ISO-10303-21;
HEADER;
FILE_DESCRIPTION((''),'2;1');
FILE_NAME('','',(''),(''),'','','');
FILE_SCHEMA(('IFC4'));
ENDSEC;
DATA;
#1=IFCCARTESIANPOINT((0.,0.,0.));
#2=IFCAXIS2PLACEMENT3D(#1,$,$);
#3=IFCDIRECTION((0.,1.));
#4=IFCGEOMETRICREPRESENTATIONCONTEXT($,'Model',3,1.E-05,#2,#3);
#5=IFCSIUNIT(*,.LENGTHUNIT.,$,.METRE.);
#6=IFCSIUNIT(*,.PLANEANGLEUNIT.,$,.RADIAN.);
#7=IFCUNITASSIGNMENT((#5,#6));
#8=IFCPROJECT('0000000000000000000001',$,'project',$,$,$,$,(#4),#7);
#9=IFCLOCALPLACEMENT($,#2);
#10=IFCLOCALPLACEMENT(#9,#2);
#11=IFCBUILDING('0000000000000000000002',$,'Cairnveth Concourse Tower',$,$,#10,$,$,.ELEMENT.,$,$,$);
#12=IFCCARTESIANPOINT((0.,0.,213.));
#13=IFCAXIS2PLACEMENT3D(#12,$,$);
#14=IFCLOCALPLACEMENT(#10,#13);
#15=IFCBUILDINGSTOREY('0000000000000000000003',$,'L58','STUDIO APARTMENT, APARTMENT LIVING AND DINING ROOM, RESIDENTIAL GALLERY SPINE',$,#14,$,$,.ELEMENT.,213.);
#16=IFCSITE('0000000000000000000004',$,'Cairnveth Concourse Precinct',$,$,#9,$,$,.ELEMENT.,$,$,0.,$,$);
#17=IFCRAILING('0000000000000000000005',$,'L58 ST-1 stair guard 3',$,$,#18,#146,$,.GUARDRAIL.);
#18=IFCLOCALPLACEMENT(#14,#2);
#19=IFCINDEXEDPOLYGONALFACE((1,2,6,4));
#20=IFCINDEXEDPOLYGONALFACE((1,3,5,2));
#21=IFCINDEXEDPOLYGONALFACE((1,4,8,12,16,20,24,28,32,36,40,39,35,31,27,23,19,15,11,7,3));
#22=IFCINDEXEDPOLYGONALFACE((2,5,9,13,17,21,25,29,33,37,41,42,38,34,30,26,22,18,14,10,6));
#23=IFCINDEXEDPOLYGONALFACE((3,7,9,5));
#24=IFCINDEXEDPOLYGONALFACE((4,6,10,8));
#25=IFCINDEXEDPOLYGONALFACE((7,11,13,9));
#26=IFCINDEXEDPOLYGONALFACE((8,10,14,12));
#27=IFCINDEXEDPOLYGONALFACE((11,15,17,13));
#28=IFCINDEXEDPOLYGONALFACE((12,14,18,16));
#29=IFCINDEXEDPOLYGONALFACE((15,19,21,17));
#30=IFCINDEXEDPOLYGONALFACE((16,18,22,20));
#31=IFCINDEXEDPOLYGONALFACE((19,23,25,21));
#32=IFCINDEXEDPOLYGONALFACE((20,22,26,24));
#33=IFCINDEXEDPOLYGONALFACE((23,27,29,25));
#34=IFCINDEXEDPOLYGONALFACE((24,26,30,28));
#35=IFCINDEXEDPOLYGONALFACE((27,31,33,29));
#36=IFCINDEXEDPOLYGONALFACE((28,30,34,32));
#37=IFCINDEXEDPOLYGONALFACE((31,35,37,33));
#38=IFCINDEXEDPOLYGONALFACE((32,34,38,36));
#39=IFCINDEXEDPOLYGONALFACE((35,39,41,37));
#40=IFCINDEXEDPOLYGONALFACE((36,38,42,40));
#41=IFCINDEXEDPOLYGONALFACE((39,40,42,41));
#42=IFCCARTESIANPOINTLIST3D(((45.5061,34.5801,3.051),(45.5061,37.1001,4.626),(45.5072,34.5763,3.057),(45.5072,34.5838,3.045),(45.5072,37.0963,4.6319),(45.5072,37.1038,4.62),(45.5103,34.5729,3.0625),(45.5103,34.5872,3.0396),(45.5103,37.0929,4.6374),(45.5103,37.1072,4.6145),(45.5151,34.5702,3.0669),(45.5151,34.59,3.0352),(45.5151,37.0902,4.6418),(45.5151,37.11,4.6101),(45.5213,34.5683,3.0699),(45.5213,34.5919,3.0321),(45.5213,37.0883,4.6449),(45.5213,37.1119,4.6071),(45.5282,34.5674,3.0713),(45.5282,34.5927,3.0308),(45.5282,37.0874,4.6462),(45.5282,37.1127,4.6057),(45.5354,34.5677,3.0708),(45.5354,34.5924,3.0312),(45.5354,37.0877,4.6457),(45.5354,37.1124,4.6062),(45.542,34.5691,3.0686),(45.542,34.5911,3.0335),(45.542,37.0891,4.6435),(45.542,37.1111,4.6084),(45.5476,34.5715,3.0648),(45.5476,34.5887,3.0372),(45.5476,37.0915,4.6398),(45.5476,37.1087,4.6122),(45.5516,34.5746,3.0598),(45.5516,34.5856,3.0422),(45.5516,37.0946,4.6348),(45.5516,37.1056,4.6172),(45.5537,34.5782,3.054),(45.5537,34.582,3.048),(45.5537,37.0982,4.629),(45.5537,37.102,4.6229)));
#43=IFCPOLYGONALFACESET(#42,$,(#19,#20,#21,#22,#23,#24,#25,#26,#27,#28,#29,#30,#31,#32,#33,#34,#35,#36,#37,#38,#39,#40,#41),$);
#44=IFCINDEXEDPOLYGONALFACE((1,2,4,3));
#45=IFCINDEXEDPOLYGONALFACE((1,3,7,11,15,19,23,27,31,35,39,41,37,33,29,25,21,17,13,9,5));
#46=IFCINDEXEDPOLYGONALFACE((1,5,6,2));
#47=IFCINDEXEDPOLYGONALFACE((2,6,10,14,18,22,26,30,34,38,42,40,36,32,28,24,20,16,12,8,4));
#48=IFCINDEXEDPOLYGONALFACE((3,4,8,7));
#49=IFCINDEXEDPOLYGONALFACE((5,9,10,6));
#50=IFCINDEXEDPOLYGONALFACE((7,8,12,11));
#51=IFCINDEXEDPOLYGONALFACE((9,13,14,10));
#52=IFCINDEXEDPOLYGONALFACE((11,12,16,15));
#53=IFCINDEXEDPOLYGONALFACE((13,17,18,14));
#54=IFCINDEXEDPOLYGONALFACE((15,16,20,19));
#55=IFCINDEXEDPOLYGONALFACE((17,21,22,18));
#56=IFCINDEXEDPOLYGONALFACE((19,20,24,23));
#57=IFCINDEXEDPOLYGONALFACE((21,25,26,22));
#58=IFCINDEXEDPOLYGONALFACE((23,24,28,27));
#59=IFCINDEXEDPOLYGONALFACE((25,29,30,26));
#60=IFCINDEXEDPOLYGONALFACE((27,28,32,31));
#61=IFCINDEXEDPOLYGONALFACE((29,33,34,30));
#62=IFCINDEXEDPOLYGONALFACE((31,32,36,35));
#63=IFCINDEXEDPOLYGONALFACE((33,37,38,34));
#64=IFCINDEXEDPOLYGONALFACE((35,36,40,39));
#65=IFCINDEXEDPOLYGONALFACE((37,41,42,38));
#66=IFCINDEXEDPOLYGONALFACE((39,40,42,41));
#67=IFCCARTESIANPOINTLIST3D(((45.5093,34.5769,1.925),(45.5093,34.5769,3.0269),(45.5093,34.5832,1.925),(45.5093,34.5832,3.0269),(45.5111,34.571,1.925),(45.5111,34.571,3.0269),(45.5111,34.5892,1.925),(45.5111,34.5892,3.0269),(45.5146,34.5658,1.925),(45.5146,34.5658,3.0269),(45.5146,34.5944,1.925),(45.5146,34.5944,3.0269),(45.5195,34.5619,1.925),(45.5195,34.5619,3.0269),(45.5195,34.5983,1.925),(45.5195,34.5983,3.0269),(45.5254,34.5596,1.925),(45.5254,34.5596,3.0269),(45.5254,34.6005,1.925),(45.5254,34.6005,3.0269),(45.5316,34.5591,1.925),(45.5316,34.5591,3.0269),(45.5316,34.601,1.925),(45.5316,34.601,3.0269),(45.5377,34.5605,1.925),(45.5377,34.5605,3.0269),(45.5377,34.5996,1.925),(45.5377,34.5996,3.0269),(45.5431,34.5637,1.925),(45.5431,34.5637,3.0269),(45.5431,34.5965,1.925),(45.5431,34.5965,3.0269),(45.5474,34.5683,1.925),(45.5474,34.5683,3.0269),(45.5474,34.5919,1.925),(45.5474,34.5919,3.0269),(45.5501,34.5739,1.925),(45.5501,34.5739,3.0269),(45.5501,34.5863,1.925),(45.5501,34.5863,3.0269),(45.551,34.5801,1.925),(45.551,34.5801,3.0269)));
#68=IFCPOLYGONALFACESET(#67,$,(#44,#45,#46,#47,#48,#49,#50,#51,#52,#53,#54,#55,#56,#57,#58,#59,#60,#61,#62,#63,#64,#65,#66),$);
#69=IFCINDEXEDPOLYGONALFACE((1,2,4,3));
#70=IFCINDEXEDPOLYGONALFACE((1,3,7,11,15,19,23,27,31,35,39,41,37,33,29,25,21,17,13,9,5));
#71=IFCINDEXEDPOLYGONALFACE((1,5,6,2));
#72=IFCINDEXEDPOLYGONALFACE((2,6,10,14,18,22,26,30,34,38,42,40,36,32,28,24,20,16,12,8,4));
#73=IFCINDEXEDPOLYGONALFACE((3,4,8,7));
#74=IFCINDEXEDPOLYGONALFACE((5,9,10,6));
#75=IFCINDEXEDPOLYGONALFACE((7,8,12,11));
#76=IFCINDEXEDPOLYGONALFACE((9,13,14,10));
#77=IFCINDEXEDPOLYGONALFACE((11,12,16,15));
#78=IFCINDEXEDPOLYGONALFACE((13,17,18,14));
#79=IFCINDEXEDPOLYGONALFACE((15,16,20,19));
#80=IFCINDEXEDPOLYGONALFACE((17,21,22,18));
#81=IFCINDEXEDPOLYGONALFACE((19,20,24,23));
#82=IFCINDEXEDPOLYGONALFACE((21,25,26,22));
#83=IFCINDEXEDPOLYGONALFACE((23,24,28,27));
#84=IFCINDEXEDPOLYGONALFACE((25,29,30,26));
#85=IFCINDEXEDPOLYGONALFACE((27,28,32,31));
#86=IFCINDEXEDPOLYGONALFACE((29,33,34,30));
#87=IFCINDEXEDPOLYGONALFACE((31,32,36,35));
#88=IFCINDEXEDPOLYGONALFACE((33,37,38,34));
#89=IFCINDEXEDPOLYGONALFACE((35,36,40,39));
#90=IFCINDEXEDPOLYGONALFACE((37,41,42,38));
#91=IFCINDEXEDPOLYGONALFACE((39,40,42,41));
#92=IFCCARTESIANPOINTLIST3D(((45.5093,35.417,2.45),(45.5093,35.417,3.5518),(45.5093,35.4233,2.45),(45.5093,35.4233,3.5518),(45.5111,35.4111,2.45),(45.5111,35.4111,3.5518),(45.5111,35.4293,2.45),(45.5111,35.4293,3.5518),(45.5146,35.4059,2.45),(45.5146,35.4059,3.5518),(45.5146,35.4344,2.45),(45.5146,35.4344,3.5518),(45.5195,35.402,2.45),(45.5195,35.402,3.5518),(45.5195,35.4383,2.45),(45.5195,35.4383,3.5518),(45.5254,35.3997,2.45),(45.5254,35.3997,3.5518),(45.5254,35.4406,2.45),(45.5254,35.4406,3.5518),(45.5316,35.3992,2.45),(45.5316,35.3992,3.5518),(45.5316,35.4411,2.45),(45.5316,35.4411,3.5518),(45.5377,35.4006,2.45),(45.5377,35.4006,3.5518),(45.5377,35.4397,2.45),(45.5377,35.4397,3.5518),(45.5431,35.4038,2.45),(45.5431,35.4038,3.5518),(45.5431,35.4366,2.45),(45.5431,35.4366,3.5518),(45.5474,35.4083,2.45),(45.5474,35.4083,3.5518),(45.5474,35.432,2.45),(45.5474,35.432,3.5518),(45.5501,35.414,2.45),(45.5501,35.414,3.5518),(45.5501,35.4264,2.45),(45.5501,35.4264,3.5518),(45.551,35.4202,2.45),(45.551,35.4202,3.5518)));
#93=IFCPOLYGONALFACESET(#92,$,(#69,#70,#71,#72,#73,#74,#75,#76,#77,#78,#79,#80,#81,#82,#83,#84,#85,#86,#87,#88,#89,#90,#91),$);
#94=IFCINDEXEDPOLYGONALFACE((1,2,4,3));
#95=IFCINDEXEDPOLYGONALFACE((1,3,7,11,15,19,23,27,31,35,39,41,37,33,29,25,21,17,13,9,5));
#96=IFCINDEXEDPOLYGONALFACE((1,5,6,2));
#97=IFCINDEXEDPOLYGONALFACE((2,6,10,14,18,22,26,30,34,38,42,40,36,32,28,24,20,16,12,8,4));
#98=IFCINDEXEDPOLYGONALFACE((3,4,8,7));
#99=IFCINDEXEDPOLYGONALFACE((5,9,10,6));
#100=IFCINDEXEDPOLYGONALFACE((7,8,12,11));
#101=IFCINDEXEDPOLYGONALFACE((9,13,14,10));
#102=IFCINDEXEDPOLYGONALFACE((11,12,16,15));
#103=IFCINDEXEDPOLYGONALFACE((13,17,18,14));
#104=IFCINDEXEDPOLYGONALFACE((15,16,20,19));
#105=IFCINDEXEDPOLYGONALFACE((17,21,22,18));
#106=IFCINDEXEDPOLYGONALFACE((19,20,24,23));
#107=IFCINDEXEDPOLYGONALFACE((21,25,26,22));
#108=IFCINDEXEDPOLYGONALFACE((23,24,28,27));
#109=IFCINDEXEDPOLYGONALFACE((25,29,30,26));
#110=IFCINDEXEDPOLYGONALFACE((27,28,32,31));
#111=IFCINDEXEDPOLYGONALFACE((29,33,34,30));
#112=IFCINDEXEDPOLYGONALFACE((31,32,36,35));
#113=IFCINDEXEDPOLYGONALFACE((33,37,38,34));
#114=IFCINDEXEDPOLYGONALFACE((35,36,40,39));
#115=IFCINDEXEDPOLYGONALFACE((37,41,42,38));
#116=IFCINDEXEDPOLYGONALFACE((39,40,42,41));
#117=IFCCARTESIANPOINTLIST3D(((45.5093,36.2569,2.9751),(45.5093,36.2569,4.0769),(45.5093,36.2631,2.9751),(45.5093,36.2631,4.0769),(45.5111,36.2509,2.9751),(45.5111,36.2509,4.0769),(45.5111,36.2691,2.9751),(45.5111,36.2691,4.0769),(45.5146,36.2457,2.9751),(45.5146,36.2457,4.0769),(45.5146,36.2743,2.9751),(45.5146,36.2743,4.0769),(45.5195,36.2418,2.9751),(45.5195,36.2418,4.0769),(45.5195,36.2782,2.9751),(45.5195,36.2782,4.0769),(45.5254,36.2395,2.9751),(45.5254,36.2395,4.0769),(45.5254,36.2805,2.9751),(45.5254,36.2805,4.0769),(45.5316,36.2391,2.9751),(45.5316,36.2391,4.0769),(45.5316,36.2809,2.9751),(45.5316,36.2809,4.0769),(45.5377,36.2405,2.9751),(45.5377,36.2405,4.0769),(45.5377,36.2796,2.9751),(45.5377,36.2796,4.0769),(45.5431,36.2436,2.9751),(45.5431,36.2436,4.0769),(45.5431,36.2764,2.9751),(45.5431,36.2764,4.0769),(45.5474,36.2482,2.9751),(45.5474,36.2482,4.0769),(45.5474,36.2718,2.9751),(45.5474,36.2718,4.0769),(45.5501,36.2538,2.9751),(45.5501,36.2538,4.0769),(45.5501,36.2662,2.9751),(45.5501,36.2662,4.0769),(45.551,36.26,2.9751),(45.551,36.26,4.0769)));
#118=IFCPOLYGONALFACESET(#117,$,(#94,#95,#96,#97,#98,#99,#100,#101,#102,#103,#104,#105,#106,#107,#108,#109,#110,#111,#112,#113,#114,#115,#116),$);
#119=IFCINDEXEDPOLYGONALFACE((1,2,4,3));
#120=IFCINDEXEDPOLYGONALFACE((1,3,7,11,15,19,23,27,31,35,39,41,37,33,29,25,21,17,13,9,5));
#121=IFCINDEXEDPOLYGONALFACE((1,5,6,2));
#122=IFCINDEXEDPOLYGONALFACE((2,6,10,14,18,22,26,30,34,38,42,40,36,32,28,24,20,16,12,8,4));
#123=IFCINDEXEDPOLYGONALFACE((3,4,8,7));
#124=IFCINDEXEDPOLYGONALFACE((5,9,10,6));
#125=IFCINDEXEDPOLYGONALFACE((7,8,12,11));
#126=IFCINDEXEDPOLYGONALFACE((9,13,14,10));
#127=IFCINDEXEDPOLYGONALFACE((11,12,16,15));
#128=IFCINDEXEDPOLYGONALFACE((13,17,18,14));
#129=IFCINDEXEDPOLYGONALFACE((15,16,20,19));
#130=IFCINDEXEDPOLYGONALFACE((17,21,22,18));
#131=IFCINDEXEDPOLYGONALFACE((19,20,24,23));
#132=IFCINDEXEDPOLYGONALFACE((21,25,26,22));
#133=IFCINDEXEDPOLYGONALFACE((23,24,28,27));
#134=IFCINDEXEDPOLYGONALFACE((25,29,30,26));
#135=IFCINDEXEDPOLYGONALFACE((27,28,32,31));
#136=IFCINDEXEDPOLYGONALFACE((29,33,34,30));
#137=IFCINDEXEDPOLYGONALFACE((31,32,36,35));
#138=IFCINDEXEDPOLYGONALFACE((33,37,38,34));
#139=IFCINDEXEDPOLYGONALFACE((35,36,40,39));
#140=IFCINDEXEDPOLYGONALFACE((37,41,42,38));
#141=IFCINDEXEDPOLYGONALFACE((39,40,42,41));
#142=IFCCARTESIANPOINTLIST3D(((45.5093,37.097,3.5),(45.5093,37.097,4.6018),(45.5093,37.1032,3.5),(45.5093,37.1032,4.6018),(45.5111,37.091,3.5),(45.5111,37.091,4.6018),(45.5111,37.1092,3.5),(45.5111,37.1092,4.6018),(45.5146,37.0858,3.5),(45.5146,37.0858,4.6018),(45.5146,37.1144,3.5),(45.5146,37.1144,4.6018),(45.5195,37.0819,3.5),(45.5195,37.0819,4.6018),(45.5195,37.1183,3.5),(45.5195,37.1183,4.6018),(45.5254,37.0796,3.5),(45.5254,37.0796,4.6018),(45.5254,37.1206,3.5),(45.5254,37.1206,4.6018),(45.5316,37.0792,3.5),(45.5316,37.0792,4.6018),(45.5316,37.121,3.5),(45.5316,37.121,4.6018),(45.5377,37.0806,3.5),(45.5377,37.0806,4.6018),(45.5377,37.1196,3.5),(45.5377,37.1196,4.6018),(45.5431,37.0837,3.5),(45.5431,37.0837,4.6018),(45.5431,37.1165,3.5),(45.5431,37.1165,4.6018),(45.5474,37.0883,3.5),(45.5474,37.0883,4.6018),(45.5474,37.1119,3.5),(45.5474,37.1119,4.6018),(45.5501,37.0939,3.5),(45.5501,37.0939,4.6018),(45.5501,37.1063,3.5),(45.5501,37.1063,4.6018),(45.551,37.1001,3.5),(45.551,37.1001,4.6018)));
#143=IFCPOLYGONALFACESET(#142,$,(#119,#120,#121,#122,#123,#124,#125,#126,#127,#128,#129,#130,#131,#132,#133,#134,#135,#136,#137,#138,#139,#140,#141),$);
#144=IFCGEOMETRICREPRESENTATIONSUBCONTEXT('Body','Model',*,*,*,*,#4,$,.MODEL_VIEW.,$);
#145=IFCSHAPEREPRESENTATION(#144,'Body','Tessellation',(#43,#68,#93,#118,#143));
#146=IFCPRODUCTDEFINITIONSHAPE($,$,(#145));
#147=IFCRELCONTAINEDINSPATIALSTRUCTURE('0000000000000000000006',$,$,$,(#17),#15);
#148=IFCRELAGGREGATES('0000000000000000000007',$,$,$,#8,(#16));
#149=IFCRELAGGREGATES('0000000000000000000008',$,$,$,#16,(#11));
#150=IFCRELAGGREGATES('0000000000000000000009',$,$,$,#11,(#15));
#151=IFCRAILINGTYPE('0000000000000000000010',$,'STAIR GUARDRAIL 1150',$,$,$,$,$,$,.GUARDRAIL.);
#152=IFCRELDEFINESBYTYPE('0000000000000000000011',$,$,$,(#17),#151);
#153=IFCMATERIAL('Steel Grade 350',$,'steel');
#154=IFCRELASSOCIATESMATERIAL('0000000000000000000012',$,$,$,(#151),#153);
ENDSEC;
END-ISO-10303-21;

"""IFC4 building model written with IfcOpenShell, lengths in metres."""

from ifc_helpers import new_model, si_unit, direction, frame, origin, origin_2d, place, context, subcontext, project, spatial, circle, extrude, material, type_object, element, save


model = new_model("IFC4")

# Units and contexts
model_context = context("Model", 3, precision=1e-05, world=origin(), true_north=direction((0.0, 1.0)))
body_context = subcontext(model_context, "Body", "Model", "MODEL_VIEW")
ifc_project = project(units=[si_unit("LENGTHUNIT", "METRE"), si_unit("PLANEANGLEUNIT", "RADIAN")], contexts=[model_context])

# Site, building, storey
site_placement = place(None, origin())
site = spatial("IfcSite", under=ifc_project, at=site_placement, Name="Cairnveth Concourse Precinct", CompositionType="ELEMENT", RefElevation=0.0)
building_placement = place(site_placement, origin())
building = spatial("IfcBuilding", under=site, at=building_placement, Name="Cairnveth Concourse Tower", CompositionType="ELEMENT")
storey_placement = place(building_placement, frame((0.0, 0.0, 213.0)))
storey = spatial("IfcBuildingStorey", under=building, at=storey_placement, Name="L58", Description="STUDIO APARTMENT, APARTMENT LIVING AND DINING ROOM, RESIDENTIAL GALLERY SPINE", CompositionType="ELEMENT", Elevation=213.0)

# Railing
ifc_material_1 = material(Name="Steel Grade 350", Category="steel")
railing_type_1 = type_object("IfcRailingType", Name="STAIR GUARDRAIL 1150", PredefinedType="GUARDRAIL", material=ifc_material_1)
railing_1_placement = place(storey_placement, frame((45.53, 34.5801, 1.925)))
element("IfcRailing", 1, at=railing_1_placement, inside=storey, type_object=railing_type_1, Name="L58 ST-1 stair guard 3", PredefinedType="GUARDRAIL", context=body_context, shape_type="SweptSolid", body=[
    extrude(circle(Radius=0.0239, at=origin_2d()), frame((0.0, 0.0, 1.126), z_axis=(0.0, 0.848008, 0.529984), x_axis=(-1.0, 0.0, 0.0)), (0.0, 0.0, 1.0), 2.9717),
    extrude(circle(Radius=0.021, at=origin_2d()), origin(), (0.0, 0.0, 1.0), 1.1018),
    extrude(circle(Radius=0.021, at=origin_2d()), frame((0.0, 0.8401, 0.5249)), (0.0, 0.0, 1.0), 1.1018),
    extrude(circle(Radius=0.021, at=origin_2d()), frame((0.0, 1.6799, 1.05)), (0.0, 0.0, 1.0), 1.1018),
    extrude(circle(Radius=0.021, at=origin_2d()), frame((0.0, 2.52, 1.575)), (0.0, 0.0, 1.0), 1.1018),
])

save(model, "model.ifc")
